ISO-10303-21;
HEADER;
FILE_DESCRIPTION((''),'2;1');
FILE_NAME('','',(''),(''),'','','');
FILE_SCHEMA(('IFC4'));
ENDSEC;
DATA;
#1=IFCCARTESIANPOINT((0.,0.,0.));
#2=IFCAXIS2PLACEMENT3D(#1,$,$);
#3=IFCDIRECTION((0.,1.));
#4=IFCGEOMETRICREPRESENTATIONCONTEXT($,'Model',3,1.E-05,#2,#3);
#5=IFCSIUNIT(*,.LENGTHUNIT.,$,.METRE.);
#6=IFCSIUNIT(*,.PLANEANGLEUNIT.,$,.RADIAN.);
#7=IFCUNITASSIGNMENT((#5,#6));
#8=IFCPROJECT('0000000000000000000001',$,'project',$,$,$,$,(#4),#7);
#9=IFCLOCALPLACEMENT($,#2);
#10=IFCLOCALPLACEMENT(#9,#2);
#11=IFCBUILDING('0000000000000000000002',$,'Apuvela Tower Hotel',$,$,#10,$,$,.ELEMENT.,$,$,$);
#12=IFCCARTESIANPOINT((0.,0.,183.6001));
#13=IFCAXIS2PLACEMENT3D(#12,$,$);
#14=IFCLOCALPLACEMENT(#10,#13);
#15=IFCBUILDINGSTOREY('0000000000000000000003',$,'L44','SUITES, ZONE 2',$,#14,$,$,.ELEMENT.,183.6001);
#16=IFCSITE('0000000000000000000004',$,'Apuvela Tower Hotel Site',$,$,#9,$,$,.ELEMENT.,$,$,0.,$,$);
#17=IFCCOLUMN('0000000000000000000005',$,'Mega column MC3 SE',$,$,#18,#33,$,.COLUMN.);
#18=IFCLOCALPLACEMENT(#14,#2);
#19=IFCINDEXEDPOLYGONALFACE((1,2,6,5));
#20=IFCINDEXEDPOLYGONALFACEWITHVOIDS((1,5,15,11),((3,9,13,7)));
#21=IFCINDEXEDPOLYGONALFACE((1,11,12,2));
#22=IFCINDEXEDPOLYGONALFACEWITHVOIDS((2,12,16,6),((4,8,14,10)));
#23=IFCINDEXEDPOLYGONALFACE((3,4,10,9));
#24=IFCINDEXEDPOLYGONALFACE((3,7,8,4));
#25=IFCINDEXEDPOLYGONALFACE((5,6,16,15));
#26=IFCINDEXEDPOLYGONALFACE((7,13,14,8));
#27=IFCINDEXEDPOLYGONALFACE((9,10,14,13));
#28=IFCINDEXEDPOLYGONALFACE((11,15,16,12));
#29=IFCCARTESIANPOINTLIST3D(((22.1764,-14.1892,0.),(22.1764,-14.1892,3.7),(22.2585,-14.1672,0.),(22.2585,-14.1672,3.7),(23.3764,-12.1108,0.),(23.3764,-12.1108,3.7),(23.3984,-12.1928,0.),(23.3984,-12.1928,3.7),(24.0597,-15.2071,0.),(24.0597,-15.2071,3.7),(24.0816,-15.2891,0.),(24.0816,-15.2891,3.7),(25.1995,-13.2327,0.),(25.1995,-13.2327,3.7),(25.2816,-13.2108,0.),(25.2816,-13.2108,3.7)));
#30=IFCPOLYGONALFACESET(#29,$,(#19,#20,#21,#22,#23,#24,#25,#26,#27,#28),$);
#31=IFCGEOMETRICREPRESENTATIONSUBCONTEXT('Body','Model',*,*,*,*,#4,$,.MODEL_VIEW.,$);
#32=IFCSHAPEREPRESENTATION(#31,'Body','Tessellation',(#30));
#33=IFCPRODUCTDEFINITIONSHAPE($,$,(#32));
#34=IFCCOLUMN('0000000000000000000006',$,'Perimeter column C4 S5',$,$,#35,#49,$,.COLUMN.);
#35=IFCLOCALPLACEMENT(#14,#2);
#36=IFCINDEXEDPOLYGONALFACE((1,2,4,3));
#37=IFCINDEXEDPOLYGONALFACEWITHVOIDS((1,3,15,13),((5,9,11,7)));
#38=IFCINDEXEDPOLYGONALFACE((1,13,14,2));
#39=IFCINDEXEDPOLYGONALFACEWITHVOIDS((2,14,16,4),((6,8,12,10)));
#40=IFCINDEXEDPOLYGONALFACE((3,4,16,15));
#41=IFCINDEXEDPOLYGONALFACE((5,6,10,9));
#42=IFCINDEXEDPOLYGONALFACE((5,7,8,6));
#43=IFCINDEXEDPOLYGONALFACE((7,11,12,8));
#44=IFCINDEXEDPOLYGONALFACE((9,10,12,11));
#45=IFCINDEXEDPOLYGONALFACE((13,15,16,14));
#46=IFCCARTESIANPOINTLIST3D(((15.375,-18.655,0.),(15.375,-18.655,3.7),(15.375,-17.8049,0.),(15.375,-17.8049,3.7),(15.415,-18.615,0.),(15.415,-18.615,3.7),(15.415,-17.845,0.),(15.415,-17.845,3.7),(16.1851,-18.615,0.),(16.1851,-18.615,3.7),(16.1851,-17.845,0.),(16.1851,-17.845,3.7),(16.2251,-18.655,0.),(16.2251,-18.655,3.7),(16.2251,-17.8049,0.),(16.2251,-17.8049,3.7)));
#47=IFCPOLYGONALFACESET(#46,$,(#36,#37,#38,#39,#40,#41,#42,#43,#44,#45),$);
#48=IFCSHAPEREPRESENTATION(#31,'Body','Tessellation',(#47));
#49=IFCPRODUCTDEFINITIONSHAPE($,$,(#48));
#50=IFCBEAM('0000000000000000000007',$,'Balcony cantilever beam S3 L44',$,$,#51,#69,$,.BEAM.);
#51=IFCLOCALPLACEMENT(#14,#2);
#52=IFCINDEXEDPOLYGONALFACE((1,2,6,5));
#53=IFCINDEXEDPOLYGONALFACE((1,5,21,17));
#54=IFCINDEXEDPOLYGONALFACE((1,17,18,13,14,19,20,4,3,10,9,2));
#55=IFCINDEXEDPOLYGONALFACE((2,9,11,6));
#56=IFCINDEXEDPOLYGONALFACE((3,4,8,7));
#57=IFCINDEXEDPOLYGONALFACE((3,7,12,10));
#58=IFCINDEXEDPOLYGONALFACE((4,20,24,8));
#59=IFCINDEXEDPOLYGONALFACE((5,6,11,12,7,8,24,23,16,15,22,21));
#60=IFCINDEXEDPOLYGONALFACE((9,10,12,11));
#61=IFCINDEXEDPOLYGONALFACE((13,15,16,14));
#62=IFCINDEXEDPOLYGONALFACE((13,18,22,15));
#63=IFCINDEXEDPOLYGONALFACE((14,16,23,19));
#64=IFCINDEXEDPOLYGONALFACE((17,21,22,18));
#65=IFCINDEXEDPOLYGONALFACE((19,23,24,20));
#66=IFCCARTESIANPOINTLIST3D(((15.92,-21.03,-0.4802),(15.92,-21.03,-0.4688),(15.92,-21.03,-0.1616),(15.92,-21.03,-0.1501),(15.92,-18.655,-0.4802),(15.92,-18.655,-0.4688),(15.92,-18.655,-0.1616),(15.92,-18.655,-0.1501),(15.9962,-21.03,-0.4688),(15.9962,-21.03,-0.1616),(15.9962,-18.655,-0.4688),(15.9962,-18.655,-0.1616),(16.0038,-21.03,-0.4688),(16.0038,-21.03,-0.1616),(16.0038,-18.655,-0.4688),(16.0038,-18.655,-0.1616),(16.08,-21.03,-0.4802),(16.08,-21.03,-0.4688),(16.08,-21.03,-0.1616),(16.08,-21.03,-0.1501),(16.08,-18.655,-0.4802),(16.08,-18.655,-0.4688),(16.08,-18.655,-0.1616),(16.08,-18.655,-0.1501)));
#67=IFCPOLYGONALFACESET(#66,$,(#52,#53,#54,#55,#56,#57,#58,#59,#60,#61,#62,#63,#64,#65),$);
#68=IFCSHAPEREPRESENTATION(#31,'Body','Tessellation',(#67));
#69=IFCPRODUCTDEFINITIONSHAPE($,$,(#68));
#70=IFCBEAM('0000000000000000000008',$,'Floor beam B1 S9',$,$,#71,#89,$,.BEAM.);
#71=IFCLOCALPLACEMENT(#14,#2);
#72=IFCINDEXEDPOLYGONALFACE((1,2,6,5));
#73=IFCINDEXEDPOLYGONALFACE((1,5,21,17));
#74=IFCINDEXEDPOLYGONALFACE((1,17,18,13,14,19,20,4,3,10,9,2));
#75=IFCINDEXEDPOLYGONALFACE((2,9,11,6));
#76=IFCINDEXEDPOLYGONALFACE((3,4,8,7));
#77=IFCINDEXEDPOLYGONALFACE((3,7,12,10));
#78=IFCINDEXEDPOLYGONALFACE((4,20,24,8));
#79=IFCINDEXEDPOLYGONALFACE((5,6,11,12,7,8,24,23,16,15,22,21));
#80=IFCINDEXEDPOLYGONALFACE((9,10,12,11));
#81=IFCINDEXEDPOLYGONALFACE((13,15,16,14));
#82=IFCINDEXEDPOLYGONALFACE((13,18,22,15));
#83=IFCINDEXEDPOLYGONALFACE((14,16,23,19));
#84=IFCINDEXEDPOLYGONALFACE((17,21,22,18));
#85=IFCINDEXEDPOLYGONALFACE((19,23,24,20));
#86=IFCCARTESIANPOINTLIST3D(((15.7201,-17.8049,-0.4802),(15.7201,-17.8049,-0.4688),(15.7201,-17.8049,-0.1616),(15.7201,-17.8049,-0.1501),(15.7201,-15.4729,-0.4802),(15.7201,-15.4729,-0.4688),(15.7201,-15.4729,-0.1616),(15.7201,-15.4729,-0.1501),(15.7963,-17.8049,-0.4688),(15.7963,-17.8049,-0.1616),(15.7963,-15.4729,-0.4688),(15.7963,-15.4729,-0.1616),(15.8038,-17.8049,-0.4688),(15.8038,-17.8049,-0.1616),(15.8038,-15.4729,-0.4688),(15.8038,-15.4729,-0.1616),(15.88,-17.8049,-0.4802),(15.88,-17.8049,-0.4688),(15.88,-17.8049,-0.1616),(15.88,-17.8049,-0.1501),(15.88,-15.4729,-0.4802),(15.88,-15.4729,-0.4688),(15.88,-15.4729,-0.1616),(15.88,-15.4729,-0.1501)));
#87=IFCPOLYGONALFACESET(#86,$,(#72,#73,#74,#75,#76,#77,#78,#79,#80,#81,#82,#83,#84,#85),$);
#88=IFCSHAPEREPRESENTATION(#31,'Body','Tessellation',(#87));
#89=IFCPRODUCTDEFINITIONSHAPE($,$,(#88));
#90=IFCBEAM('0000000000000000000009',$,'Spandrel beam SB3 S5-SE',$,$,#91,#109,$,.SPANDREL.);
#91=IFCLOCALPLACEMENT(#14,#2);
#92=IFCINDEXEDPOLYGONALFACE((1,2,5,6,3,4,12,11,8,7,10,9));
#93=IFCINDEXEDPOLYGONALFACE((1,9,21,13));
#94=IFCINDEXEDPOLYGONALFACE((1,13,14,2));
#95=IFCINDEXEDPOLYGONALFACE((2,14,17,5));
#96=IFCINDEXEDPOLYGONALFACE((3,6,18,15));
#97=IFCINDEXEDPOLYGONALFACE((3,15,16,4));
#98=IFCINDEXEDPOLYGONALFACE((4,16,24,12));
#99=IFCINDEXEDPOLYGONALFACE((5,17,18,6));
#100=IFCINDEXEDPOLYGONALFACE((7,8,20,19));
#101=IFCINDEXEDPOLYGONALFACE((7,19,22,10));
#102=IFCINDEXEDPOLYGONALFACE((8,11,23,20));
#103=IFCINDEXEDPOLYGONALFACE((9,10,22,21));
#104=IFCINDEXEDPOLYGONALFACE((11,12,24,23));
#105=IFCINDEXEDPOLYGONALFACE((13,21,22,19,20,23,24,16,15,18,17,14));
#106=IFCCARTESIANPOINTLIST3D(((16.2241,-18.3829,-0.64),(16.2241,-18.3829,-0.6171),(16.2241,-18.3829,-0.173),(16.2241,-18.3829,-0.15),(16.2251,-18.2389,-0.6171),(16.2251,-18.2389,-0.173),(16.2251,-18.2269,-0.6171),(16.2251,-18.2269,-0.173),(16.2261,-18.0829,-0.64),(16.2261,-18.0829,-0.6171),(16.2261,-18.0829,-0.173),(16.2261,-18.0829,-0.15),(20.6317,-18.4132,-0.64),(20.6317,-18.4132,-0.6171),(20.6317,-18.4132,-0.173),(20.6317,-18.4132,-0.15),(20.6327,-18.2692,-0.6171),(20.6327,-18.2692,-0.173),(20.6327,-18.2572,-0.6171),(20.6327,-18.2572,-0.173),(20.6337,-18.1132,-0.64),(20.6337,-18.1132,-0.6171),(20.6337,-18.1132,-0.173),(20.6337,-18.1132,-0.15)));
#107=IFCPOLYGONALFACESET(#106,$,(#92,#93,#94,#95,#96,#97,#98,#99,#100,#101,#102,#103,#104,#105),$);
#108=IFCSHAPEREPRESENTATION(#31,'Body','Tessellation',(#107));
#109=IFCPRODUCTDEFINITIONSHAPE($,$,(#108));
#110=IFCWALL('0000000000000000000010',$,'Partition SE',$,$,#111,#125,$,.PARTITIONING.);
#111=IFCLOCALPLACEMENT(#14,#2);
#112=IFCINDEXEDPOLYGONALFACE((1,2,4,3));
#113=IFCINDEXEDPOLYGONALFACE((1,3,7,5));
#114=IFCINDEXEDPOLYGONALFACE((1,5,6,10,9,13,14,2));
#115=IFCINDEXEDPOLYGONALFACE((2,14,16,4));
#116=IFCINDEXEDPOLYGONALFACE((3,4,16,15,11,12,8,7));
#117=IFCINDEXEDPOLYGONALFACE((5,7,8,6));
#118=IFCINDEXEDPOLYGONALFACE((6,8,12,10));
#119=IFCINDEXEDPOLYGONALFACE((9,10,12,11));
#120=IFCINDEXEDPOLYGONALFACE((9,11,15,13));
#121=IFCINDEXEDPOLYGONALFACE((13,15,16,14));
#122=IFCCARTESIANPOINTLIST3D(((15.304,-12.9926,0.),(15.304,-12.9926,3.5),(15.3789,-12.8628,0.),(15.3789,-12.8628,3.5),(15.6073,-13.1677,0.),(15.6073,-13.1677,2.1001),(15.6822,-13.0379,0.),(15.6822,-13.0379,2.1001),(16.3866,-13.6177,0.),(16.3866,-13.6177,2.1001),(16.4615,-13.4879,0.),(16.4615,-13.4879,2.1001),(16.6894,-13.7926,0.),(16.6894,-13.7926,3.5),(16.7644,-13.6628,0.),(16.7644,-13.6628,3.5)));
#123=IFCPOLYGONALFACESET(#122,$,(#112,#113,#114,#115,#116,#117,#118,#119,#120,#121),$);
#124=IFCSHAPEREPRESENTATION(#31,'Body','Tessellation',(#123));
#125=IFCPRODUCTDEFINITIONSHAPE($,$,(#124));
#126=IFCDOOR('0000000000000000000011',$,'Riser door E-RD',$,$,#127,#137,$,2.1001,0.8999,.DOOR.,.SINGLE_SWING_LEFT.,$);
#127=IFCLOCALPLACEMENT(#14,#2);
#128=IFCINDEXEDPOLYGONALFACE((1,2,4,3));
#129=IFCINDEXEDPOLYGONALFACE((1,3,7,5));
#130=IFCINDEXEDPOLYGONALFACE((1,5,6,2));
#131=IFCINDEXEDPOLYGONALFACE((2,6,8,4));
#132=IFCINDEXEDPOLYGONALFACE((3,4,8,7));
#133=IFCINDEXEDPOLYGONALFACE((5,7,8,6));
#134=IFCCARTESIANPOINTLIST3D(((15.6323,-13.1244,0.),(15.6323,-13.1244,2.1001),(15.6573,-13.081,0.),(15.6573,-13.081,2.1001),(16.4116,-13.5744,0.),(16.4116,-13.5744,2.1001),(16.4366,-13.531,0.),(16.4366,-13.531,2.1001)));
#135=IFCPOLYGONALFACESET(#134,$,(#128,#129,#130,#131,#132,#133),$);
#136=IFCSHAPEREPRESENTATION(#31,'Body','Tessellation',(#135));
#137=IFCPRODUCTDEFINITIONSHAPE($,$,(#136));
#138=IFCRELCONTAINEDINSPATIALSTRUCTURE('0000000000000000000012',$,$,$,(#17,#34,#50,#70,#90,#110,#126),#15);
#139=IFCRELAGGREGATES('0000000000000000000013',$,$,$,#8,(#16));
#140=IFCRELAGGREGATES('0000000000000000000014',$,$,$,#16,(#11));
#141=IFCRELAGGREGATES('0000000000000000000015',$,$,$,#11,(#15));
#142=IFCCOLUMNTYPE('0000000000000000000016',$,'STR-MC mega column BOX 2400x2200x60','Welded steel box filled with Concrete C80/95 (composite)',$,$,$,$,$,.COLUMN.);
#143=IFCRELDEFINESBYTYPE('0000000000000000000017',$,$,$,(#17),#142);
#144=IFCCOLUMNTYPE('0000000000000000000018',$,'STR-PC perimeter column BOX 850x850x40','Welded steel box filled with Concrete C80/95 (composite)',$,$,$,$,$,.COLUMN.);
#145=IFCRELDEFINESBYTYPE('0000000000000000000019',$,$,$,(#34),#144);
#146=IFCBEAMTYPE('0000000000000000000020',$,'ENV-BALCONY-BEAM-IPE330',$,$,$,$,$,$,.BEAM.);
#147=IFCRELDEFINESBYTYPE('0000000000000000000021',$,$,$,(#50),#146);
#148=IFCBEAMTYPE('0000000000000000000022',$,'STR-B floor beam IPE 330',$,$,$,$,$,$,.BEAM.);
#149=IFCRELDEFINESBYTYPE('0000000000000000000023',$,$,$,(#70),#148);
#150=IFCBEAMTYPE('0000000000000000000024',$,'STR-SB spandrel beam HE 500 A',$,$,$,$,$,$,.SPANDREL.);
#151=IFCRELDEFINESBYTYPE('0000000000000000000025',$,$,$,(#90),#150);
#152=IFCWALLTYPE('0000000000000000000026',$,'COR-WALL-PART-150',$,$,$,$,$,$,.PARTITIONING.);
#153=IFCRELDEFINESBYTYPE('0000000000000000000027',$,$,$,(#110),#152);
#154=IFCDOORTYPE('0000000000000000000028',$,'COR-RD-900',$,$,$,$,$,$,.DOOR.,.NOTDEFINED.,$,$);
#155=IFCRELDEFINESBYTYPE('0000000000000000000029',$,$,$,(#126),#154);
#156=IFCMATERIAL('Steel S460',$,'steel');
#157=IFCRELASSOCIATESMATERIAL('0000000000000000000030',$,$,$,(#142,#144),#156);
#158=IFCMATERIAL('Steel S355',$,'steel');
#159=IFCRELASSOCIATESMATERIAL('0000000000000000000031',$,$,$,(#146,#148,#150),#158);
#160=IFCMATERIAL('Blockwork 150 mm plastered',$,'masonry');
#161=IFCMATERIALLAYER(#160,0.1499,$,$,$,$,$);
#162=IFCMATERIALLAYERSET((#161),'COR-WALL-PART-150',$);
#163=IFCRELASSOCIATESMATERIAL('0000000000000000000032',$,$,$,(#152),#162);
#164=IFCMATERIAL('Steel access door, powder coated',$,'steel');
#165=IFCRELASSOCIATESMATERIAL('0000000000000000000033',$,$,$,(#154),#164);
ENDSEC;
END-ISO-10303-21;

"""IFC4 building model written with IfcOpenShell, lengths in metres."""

from ifc_helpers import new_model, si_unit, direction, frame, frame_2d, origin, origin_2d, place, context, subcontext, project, spatial, rectangle, hollow_rectangle, i_section, extrude, material, layer, layer_set, material_profile, profile_set, type_object, element, fill, save


model = new_model("IFC4")

# Units and contexts
model_context = context("Model", 3, precision=1e-05, world=origin(), true_north=direction((0.0, 1.0)))
body_context = subcontext(model_context, "Body", "Model", "MODEL_VIEW")
ifc_project = project(units=[si_unit("LENGTHUNIT", "METRE"), si_unit("PLANEANGLEUNIT", "RADIAN")], contexts=[model_context])

# Site, building, storey
site_placement = place(None, origin())
site = spatial("IfcSite", under=ifc_project, at=site_placement, Name="Apuvela Tower Hotel Site", CompositionType="ELEMENT", RefElevation=0.0)
building_placement = place(site_placement, origin())
building = spatial("IfcBuilding", under=site, at=building_placement, Name="Apuvela Tower Hotel", CompositionType="ELEMENT")
storey_placement = place(building_placement, frame((0.0, 0.0, 183.6001)))
storey = spatial("IfcBuildingStorey", under=building, at=storey_placement, Name="L44", Description="SUITES, ZONE 2", CompositionType="ELEMENT", Elevation=183.6001)

# Columns
ifc_material_1 = material(Name="Steel S460", Category="steel")
ifc_material_profile_1 = material_profile(ifc_material_1, hollow_rectangle(XDim=2.3999, YDim=2.2, WallThickness=0.0601, at=origin_2d()), Name="BOX 2400x2200x60")
ifc_material_2 = material(Name="Concrete C80/95", Category="concrete")
ifc_material_profile_2 = material_profile(ifc_material_2, rectangle(XDim=2.28, YDim=2.0801, at=origin_2d()), Name="Concrete C80/95 infill")
ifc_profile_set_1 = profile_set([ifc_material_profile_1, ifc_material_profile_2], Name="Steel S460")
column_type_1 = type_object("IfcColumnType", Name="STR-MC mega column BOX 2400x2200x60", Description="Welded steel box filled with Concrete C80/95 (composite)", PredefinedType="COLUMN", material=ifc_profile_set_1)
column_1_placement = place(storey_placement, frame((23.729, -13.7, 0.0), z_axis=(0.0, 0.0, 1.0), x_axis=(0.5, 0.866025, 0.0)))
element("IfcColumn", 1, at=column_1_placement, inside=storey, type_object=column_type_1, Name="Mega column MC3 SE", PredefinedType="COLUMN", context=body_context, shape_type="SweptSolid", body=[
    extrude(hollow_rectangle(XDim=2.3999, YDim=2.2, WallThickness=0.0601, at=origin_2d()), origin(), (0.0, 0.0, 1.0), 3.7),
])
ifc_material_profile_3 = material_profile(ifc_material_1, hollow_rectangle(XDim=0.8501, YDim=0.8501, WallThickness=0.04, at=origin_2d()), Name="BOX 850x850x40")
ifc_material_profile_4 = material_profile(ifc_material_2, rectangle(XDim=0.77, YDim=0.77, at=origin_2d()), Name="Concrete C80/95 infill")
ifc_profile_set_2 = profile_set([ifc_material_profile_3, ifc_material_profile_4], Name="Steel S460")
column_type_2 = type_object("IfcColumnType", Name="STR-PC perimeter column BOX 850x850x40", Description="Welded steel box filled with Concrete C80/95 (composite)", PredefinedType="COLUMN", material=ifc_profile_set_2)
column_2_placement = place(storey_placement, frame((15.8, -18.23, 0.0), z_axis=(0.0, 0.0, 1.0), x_axis=(-1.0, 0.0, 0.0)))
element("IfcColumn", 2, at=column_2_placement, inside=storey, type_object=column_type_2, Name="Perimeter column C4 S5", PredefinedType="COLUMN", context=body_context, shape_type="SweptSolid", body=[
    extrude(hollow_rectangle(XDim=0.8501, YDim=0.8501, WallThickness=0.04, at=origin_2d()), origin(), (0.0, 0.0, 1.0), 3.7),
])

# Beams
ifc_material_3 = material(Name="Steel S355", Category="steel")
ifc_material_profile_5 = material_profile(ifc_material_3, i_section(OverallWidth=0.1599, OverallDepth=0.3301, WebThickness=0.0076, FlangeThickness=0.0115, at=origin_2d()), Name="IPE 330")
ifc_profile_set_3 = profile_set([ifc_material_profile_5], Name="Steel S355")
beam_type_1 = type_object("IfcBeamType", Name="ENV-BALCONY-BEAM-IPE330", PredefinedType="BEAM", material=ifc_profile_set_3)
beam_1_placement = place(storey_placement, frame((16.0, -18.655, -0.3152), z_axis=(0.0, -1.0, 0.0), x_axis=(1.0, 0.0, 0.0)))
element("IfcBeam", 3, at=beam_1_placement, inside=storey, type_object=beam_type_1, Name="Balcony cantilever beam S3 L44", PredefinedType="BEAM", context=body_context, shape_type="SweptSolid", body=[
    extrude(i_section(OverallWidth=0.1599, OverallDepth=0.3301, WebThickness=0.0076, FlangeThickness=0.0115, at=origin_2d()), origin(), (0.0, 0.0, 1.0), 2.375),
])
ifc_material_profile_6 = material_profile(ifc_material_3, i_section(OverallWidth=0.1599, OverallDepth=0.3301, WebThickness=0.0076, FlangeThickness=0.0115, at=origin_2d()), Name="IPE 330")
ifc_profile_set_4 = profile_set([ifc_material_profile_6], Name="Steel S355")
beam_type_2 = type_object("IfcBeamType", Name="STR-B floor beam IPE 330", PredefinedType="BEAM", material=ifc_profile_set_4)
beam_2_placement = place(storey_placement, frame((15.8, -17.8049, -0.3152), z_axis=(0.0, 1.0, 0.0), x_axis=(-1.0, 0.0, 0.0)))
element("IfcBeam", 4, at=beam_2_placement, inside=storey, type_object=beam_type_2, Name="Floor beam B1 S9", PredefinedType="BEAM", context=body_context, shape_type="SweptSolid", body=[
    extrude(i_section(OverallWidth=0.1599, OverallDepth=0.3301, WebThickness=0.0076, FlangeThickness=0.0115, at=origin_2d()), origin(), (0.0, 0.0, 1.0), 2.332),
])
ifc_material_profile_7 = material_profile(ifc_material_3, i_section(OverallWidth=0.3, OverallDepth=0.49, WebThickness=0.012, FlangeThickness=0.0229, at=origin_2d()), Name="HE 500 A")
ifc_profile_set_5 = profile_set([ifc_material_profile_7], Name="Steel S355")
beam_type_3 = type_object("IfcBeamType", Name="STR-SB spandrel beam HE 500 A", PredefinedType="SPANDREL", material=ifc_profile_set_5)
beam_3_placement = place(storey_placement, frame((16.2251, -18.2329, -0.395), z_axis=(0.999976, -0.006868, 0.0), x_axis=(0.006868, 0.999976, 0.0)))
element("IfcBeam", 5, at=beam_3_placement, inside=storey, type_object=beam_type_3, Name="Spandrel beam SB3 S5-SE", PredefinedType="SPANDREL", context=body_context, shape_type="SweptSolid", body=[
    extrude(i_section(OverallWidth=0.3, OverallDepth=0.49, WebThickness=0.012, FlangeThickness=0.0229, at=origin_2d()), origin(), (0.0, 0.0, 1.0), 4.4077),
])

# Wall, opening, door
ifc_material_4 = material(Name="Blockwork 150 mm plastered", Category="masonry")
ifc_layer_1 = layer(ifc_material_4, 0.1499)
ifc_layer_set_1 = layer_set([ifc_layer_1], Name="COR-WALL-PART-150")
wall_type_1 = type_object("IfcWallType", Name="COR-WALL-PART-150", PredefinedType="PARTITIONING", material=ifc_layer_set_1)
wall_1_placement = place(storey_placement, frame((15.3416, -12.9277, 0.0), z_axis=(0.0, 0.0, 1.0), x_axis=(0.86599, -0.500061, 0.0)))
wall_1 = element("IfcWall", 6, at=wall_1_placement, inside=storey, type_object=wall_type_1, Name="Partition SE", PredefinedType="PARTITIONING", context=body_context, shape_type="SweptSolid", body=[
    extrude(rectangle(XDim=1.5999, YDim=0.1499, at=frame_2d((0.7998, 0.0))), origin(), (0.0, 0.0, 1.0), 3.5),
])
opening_1_placement = place(wall_1_placement, frame((0.3501, 0.0, 0.0)))
opening_1 = element("IfcOpeningElement", 7, at=opening_1_placement, cuts=wall_1, PredefinedType="OPENING", context=body_context, shape_type="SweptSolid", body=[
    extrude(rectangle(XDim=0.8999, YDim=2.1001, at=frame_2d((0.45, 1.05))), frame((0.0, 0.085, 0.0), z_axis=(0.0, -1.0, 0.0), x_axis=(1.0, 0.0, 0.0)), (0.0, 0.0, 1.0), 0.1699),
])
ifc_material_5 = material(Name="Steel access door, powder coated", Category="steel")
door_type_1 = type_object("IfcDoorType", Name="COR-RD-900", OperationType="NOTDEFINED", PredefinedType="DOOR", material=ifc_material_5)
door_1_placement = place(opening_1_placement, frame((0.8999, 0.0, 0.0), z_axis=(0.0, 0.0, 1.0), x_axis=(-1.0, 0.0, 0.0)))
door_1 = element("IfcDoor", 8, at=door_1_placement, inside=storey, type_object=door_type_1, Name="Riser door E-RD", OperationType="SINGLE_SWING_LEFT", OverallHeight=2.1001, OverallWidth=0.8999, PredefinedType="DOOR", context=body_context, shape_type="SweptSolid", body=[
    extrude(rectangle(XDim=0.8999, YDim=2.1001, at=frame_2d((0.45, 1.05))), frame((0.0, 0.0249, 0.0), z_axis=(0.0, -1.0, 0.0), x_axis=(1.0, 0.0, 0.0)), (0.0, 0.0, 1.0), 0.05),
])
fill(opening_1, door_1)

save(model, "model.ifc")
